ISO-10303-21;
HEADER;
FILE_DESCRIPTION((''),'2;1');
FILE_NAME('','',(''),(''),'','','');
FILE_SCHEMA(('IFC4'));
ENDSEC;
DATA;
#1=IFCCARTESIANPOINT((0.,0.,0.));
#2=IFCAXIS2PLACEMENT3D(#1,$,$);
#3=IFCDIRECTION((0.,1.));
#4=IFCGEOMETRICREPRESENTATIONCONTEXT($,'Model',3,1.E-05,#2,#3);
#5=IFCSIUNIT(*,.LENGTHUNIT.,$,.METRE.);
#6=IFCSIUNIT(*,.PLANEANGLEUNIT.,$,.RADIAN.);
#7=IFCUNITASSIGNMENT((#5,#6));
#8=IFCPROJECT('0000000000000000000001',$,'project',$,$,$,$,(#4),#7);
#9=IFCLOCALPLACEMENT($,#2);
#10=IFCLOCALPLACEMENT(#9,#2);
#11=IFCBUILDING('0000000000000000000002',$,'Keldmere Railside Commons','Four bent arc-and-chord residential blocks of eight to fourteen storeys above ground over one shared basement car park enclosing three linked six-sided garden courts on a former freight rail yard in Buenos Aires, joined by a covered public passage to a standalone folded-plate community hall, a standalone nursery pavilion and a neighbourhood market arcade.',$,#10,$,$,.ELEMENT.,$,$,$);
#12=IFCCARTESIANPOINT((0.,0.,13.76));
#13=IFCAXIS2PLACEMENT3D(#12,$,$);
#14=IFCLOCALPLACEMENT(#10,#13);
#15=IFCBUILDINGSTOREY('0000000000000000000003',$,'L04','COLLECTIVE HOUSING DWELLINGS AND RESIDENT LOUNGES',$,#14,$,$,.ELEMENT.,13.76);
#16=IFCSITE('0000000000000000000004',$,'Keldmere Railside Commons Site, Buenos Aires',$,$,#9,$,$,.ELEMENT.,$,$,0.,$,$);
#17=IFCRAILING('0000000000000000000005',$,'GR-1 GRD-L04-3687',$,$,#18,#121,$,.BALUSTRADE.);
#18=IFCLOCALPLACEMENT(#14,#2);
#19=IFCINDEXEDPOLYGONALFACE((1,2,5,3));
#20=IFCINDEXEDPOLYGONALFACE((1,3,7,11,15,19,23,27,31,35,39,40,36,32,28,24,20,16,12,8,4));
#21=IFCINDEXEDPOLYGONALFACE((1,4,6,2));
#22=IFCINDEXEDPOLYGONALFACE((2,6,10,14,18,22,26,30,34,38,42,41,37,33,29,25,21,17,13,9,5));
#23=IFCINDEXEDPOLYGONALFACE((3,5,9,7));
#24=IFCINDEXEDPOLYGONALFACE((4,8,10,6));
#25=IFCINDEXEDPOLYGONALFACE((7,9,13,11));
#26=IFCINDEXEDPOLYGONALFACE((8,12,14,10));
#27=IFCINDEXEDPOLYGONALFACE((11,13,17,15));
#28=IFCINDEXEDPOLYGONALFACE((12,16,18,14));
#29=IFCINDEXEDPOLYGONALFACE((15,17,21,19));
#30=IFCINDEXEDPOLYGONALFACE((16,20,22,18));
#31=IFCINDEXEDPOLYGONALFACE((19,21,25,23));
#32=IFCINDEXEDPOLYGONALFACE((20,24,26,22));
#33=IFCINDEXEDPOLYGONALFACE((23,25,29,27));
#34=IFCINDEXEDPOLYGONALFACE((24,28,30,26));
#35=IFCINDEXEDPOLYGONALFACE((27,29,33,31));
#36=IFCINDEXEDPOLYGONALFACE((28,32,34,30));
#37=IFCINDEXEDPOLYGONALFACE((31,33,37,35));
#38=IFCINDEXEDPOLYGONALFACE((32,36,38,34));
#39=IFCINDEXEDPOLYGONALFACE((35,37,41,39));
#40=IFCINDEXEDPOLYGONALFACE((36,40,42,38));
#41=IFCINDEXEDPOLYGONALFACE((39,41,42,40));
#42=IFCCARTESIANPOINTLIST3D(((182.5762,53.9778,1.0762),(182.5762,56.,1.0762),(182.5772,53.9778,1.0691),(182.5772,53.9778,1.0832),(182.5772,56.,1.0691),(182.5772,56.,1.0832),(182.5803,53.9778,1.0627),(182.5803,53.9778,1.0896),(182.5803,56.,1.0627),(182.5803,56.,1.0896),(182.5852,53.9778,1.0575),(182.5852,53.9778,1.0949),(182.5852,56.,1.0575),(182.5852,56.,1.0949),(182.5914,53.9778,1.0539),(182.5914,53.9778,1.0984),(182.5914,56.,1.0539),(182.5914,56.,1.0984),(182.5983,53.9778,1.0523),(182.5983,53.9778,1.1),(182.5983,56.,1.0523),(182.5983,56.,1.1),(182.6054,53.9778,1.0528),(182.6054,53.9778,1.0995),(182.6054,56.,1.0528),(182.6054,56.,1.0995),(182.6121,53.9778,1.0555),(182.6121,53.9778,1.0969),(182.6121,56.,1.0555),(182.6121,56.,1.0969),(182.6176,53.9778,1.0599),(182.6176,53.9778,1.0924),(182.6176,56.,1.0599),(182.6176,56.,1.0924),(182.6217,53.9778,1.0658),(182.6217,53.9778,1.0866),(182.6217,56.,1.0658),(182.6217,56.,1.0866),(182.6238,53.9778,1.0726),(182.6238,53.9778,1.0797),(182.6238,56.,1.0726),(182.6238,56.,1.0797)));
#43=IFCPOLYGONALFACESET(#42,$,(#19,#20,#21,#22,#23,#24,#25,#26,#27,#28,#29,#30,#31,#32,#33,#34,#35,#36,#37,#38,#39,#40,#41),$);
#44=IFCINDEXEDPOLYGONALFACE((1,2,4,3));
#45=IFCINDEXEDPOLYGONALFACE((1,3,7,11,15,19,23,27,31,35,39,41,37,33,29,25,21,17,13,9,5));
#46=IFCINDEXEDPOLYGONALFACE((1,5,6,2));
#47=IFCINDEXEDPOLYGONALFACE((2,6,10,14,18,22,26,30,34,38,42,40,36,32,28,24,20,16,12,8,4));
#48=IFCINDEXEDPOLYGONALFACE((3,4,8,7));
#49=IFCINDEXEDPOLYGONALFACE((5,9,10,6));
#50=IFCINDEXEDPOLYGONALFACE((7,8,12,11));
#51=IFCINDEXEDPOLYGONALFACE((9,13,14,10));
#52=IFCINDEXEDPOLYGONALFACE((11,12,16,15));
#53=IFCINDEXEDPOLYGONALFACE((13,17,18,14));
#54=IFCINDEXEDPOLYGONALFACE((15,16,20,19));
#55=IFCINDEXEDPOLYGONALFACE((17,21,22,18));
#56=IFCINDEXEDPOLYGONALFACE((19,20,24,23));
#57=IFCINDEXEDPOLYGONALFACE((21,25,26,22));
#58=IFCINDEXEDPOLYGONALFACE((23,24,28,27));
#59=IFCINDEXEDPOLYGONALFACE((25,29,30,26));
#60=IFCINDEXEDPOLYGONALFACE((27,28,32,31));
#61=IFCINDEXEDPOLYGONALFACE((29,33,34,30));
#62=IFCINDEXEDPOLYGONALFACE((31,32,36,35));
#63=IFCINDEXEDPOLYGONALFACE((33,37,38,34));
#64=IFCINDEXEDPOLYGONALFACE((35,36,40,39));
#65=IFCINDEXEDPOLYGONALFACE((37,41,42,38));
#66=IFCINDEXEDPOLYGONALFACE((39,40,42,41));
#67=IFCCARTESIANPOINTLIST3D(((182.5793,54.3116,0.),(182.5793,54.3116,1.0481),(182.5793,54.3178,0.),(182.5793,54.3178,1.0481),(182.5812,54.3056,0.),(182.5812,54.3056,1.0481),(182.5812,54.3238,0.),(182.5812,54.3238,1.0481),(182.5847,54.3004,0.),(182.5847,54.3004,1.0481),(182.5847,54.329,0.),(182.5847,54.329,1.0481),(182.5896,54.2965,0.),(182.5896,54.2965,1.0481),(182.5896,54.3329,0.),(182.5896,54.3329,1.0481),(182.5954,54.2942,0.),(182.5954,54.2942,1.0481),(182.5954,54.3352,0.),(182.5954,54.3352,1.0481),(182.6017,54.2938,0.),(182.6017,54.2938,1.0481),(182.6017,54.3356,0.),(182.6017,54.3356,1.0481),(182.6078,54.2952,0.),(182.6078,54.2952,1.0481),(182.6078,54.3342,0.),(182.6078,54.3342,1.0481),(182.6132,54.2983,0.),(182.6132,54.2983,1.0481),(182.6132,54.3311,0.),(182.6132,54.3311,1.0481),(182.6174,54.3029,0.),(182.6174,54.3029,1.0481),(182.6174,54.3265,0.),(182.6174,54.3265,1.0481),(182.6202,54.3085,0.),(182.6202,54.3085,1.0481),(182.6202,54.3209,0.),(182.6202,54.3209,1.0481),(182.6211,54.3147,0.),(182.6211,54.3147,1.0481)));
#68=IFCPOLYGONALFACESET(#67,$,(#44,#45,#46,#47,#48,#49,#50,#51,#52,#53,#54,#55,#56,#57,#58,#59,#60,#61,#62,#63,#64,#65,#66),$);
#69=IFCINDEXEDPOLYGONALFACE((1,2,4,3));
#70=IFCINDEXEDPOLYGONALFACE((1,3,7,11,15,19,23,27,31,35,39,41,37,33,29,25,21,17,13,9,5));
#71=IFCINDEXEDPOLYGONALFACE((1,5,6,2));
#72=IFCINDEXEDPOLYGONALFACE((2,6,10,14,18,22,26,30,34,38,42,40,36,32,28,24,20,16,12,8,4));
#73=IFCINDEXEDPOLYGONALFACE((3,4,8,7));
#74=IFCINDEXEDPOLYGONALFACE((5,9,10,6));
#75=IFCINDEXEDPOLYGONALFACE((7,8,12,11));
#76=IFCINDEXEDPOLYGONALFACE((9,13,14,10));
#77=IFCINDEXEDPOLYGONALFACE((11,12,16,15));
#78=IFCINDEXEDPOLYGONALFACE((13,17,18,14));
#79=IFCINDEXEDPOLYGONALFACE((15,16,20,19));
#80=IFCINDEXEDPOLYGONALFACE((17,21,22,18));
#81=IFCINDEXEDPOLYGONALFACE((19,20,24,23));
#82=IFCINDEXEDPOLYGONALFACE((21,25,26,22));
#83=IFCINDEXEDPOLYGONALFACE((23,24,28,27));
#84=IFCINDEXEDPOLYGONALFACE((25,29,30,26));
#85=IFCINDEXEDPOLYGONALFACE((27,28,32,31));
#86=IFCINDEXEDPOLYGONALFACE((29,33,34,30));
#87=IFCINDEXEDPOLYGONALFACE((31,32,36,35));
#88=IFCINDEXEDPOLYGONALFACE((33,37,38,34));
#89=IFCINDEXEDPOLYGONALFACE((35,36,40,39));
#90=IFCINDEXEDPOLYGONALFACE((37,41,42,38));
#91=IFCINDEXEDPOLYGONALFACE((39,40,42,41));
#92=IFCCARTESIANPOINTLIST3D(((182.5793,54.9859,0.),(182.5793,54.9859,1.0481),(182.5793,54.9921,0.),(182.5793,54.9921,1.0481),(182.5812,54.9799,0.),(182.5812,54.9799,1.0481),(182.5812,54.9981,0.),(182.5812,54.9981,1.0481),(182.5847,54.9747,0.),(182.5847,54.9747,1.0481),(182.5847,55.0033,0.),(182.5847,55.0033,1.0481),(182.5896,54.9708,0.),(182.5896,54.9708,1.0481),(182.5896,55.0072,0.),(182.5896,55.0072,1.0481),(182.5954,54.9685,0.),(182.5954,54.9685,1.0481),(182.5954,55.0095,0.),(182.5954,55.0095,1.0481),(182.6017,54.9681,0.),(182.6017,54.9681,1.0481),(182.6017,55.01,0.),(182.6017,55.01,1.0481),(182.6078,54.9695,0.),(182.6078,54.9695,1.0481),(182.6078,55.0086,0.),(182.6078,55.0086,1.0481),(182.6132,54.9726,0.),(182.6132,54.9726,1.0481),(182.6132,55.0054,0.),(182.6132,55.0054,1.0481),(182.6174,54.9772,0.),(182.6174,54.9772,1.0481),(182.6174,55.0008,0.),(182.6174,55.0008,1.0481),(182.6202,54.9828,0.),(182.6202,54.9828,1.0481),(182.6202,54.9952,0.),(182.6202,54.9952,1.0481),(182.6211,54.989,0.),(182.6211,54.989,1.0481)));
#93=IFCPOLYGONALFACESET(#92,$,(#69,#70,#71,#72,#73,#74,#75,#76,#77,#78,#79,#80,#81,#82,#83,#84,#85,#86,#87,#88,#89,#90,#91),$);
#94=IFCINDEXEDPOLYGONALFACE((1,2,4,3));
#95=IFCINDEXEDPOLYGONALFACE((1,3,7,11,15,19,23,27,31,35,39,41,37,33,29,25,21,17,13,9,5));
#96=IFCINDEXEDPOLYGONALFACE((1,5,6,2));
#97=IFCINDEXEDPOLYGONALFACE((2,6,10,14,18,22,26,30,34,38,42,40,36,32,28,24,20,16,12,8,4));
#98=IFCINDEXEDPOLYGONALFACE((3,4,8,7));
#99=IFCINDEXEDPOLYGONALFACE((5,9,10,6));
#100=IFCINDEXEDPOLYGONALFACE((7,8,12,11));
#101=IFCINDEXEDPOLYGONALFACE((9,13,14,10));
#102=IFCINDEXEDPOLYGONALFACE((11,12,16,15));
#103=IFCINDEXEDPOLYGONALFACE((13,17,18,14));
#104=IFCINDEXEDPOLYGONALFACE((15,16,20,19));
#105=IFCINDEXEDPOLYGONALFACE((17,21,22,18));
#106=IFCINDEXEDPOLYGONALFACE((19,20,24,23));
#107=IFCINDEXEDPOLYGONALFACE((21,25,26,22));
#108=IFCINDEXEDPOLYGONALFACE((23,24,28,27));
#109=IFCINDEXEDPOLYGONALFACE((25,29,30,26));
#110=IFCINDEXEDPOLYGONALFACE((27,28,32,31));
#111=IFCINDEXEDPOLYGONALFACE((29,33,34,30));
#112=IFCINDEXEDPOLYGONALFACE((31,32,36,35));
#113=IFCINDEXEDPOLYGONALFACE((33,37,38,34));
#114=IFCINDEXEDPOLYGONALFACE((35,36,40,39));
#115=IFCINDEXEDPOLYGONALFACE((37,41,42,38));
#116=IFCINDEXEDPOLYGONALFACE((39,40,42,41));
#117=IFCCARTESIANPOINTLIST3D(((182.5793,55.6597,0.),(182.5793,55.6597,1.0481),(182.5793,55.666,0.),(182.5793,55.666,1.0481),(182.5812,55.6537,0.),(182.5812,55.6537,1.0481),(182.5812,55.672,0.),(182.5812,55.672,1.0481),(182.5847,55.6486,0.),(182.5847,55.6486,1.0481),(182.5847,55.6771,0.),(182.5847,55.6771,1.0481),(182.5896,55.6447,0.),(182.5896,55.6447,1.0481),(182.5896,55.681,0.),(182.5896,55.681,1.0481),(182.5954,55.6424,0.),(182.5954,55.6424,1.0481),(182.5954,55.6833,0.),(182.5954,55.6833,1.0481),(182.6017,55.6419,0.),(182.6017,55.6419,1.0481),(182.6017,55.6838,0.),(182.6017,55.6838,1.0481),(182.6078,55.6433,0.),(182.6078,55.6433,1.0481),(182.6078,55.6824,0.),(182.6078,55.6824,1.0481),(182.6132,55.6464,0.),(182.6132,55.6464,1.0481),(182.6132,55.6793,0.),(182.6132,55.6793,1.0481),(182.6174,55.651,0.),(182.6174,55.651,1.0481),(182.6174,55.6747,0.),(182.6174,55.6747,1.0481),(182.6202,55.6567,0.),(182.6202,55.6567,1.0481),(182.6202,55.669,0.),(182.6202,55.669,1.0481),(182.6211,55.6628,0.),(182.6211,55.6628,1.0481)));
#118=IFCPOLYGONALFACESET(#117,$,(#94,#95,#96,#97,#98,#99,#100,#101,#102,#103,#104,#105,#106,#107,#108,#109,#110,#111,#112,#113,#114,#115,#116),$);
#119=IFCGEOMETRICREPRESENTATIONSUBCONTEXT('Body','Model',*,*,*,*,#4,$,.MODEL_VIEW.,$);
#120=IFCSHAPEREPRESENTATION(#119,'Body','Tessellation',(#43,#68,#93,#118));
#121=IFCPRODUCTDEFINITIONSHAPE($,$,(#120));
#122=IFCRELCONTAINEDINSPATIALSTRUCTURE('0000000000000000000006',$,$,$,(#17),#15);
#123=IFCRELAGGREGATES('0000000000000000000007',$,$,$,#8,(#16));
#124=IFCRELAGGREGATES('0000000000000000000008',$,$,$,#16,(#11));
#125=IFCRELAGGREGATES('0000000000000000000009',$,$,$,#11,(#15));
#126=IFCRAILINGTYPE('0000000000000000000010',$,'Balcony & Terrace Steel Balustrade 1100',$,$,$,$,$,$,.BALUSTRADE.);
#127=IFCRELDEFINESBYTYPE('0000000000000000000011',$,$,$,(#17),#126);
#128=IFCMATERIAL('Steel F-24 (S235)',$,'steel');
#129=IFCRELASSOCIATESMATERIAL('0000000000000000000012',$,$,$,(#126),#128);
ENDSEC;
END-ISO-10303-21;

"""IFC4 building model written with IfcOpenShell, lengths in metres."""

from ifc_helpers import new_model, si_unit, direction, frame, origin, origin_2d, place, context, subcontext, project, spatial, circle, extrude, material, type_object, element, save


model = new_model("IFC4")

# Units and contexts
model_context = context("Model", 3, precision=1e-05, world=origin(), true_north=direction((0.0, 1.0)))
body_context = subcontext(model_context, "Body", "Model", "MODEL_VIEW")
ifc_project = project(units=[si_unit("LENGTHUNIT", "METRE"), si_unit("PLANEANGLEUNIT", "RADIAN")], contexts=[model_context])

# Site, building, storey
site_placement = place(None, origin())
site = spatial("IfcSite", under=ifc_project, at=site_placement, Name="Keldmere Railside Commons Site, Buenos Aires", CompositionType="ELEMENT", RefElevation=0.0)
building_placement = place(site_placement, origin())
building = spatial("IfcBuilding", under=site, at=building_placement, Name="Keldmere Railside Commons", Description="Four bent arc-and-chord residential blocks of eight to fourteen storeys above ground over one shared basement car park enclosing three linked six-sided garden courts on a former freight rail yard in Buenos Aires, joined by a covered public passage to a standalone folded-plate community hall, a standalone nursery pavilion and a neighbourhood market arcade.", CompositionType="ELEMENT")
storey_placement = place(building_placement, frame((0.0, 0.0, 13.76)))
storey = spatial("IfcBuildingStorey", under=building, at=storey_placement, Name="L04", Description="COLLECTIVE HOUSING DWELLINGS AND RESIDENT LOUNGES", CompositionType="ELEMENT", Elevation=13.76)

# Railing
ifc_material_1 = material(Name="Steel F-24 (S235)", Category="steel")
railing_type = type_object("IfcRailingType", Name="Balcony & Terrace Steel Balustrade 1100", PredefinedType="BALUSTRADE", material=ifc_material_1)
railing_1_placement = place(storey_placement, frame((182.6001, 53.9778, 0.0)))
element("IfcRailing", 1, at=railing_1_placement, inside=storey, type_object=railing_type, Name="GR-1 GRD-L04-3687", PredefinedType="BALUSTRADE", context=body_context, shape_type="SweptSolid", body=[
    extrude(circle(Radius=0.0239, at=origin_2d()), frame((0.0, 0.0, 1.0762), z_axis=(0.0, 1.0, 0.0), x_axis=(-1.0, 0.0, 0.0)), (0.0, 0.0, 1.0), 2.0222),
    extrude(circle(Radius=0.021, at=origin_2d()), frame((0.0, 0.3369, 0.0)), (0.0, 0.0, 1.0), 1.0481),
    extrude(circle(Radius=0.021, at=origin_2d()), frame((0.0, 1.0112, 0.0)), (0.0, 0.0, 1.0), 1.0481),
    extrude(circle(Radius=0.021, at=origin_2d()), frame((0.0, 1.6851, 0.0)), (0.0, 0.0, 1.0), 1.0481),
])

save(model, "model.ifc")
